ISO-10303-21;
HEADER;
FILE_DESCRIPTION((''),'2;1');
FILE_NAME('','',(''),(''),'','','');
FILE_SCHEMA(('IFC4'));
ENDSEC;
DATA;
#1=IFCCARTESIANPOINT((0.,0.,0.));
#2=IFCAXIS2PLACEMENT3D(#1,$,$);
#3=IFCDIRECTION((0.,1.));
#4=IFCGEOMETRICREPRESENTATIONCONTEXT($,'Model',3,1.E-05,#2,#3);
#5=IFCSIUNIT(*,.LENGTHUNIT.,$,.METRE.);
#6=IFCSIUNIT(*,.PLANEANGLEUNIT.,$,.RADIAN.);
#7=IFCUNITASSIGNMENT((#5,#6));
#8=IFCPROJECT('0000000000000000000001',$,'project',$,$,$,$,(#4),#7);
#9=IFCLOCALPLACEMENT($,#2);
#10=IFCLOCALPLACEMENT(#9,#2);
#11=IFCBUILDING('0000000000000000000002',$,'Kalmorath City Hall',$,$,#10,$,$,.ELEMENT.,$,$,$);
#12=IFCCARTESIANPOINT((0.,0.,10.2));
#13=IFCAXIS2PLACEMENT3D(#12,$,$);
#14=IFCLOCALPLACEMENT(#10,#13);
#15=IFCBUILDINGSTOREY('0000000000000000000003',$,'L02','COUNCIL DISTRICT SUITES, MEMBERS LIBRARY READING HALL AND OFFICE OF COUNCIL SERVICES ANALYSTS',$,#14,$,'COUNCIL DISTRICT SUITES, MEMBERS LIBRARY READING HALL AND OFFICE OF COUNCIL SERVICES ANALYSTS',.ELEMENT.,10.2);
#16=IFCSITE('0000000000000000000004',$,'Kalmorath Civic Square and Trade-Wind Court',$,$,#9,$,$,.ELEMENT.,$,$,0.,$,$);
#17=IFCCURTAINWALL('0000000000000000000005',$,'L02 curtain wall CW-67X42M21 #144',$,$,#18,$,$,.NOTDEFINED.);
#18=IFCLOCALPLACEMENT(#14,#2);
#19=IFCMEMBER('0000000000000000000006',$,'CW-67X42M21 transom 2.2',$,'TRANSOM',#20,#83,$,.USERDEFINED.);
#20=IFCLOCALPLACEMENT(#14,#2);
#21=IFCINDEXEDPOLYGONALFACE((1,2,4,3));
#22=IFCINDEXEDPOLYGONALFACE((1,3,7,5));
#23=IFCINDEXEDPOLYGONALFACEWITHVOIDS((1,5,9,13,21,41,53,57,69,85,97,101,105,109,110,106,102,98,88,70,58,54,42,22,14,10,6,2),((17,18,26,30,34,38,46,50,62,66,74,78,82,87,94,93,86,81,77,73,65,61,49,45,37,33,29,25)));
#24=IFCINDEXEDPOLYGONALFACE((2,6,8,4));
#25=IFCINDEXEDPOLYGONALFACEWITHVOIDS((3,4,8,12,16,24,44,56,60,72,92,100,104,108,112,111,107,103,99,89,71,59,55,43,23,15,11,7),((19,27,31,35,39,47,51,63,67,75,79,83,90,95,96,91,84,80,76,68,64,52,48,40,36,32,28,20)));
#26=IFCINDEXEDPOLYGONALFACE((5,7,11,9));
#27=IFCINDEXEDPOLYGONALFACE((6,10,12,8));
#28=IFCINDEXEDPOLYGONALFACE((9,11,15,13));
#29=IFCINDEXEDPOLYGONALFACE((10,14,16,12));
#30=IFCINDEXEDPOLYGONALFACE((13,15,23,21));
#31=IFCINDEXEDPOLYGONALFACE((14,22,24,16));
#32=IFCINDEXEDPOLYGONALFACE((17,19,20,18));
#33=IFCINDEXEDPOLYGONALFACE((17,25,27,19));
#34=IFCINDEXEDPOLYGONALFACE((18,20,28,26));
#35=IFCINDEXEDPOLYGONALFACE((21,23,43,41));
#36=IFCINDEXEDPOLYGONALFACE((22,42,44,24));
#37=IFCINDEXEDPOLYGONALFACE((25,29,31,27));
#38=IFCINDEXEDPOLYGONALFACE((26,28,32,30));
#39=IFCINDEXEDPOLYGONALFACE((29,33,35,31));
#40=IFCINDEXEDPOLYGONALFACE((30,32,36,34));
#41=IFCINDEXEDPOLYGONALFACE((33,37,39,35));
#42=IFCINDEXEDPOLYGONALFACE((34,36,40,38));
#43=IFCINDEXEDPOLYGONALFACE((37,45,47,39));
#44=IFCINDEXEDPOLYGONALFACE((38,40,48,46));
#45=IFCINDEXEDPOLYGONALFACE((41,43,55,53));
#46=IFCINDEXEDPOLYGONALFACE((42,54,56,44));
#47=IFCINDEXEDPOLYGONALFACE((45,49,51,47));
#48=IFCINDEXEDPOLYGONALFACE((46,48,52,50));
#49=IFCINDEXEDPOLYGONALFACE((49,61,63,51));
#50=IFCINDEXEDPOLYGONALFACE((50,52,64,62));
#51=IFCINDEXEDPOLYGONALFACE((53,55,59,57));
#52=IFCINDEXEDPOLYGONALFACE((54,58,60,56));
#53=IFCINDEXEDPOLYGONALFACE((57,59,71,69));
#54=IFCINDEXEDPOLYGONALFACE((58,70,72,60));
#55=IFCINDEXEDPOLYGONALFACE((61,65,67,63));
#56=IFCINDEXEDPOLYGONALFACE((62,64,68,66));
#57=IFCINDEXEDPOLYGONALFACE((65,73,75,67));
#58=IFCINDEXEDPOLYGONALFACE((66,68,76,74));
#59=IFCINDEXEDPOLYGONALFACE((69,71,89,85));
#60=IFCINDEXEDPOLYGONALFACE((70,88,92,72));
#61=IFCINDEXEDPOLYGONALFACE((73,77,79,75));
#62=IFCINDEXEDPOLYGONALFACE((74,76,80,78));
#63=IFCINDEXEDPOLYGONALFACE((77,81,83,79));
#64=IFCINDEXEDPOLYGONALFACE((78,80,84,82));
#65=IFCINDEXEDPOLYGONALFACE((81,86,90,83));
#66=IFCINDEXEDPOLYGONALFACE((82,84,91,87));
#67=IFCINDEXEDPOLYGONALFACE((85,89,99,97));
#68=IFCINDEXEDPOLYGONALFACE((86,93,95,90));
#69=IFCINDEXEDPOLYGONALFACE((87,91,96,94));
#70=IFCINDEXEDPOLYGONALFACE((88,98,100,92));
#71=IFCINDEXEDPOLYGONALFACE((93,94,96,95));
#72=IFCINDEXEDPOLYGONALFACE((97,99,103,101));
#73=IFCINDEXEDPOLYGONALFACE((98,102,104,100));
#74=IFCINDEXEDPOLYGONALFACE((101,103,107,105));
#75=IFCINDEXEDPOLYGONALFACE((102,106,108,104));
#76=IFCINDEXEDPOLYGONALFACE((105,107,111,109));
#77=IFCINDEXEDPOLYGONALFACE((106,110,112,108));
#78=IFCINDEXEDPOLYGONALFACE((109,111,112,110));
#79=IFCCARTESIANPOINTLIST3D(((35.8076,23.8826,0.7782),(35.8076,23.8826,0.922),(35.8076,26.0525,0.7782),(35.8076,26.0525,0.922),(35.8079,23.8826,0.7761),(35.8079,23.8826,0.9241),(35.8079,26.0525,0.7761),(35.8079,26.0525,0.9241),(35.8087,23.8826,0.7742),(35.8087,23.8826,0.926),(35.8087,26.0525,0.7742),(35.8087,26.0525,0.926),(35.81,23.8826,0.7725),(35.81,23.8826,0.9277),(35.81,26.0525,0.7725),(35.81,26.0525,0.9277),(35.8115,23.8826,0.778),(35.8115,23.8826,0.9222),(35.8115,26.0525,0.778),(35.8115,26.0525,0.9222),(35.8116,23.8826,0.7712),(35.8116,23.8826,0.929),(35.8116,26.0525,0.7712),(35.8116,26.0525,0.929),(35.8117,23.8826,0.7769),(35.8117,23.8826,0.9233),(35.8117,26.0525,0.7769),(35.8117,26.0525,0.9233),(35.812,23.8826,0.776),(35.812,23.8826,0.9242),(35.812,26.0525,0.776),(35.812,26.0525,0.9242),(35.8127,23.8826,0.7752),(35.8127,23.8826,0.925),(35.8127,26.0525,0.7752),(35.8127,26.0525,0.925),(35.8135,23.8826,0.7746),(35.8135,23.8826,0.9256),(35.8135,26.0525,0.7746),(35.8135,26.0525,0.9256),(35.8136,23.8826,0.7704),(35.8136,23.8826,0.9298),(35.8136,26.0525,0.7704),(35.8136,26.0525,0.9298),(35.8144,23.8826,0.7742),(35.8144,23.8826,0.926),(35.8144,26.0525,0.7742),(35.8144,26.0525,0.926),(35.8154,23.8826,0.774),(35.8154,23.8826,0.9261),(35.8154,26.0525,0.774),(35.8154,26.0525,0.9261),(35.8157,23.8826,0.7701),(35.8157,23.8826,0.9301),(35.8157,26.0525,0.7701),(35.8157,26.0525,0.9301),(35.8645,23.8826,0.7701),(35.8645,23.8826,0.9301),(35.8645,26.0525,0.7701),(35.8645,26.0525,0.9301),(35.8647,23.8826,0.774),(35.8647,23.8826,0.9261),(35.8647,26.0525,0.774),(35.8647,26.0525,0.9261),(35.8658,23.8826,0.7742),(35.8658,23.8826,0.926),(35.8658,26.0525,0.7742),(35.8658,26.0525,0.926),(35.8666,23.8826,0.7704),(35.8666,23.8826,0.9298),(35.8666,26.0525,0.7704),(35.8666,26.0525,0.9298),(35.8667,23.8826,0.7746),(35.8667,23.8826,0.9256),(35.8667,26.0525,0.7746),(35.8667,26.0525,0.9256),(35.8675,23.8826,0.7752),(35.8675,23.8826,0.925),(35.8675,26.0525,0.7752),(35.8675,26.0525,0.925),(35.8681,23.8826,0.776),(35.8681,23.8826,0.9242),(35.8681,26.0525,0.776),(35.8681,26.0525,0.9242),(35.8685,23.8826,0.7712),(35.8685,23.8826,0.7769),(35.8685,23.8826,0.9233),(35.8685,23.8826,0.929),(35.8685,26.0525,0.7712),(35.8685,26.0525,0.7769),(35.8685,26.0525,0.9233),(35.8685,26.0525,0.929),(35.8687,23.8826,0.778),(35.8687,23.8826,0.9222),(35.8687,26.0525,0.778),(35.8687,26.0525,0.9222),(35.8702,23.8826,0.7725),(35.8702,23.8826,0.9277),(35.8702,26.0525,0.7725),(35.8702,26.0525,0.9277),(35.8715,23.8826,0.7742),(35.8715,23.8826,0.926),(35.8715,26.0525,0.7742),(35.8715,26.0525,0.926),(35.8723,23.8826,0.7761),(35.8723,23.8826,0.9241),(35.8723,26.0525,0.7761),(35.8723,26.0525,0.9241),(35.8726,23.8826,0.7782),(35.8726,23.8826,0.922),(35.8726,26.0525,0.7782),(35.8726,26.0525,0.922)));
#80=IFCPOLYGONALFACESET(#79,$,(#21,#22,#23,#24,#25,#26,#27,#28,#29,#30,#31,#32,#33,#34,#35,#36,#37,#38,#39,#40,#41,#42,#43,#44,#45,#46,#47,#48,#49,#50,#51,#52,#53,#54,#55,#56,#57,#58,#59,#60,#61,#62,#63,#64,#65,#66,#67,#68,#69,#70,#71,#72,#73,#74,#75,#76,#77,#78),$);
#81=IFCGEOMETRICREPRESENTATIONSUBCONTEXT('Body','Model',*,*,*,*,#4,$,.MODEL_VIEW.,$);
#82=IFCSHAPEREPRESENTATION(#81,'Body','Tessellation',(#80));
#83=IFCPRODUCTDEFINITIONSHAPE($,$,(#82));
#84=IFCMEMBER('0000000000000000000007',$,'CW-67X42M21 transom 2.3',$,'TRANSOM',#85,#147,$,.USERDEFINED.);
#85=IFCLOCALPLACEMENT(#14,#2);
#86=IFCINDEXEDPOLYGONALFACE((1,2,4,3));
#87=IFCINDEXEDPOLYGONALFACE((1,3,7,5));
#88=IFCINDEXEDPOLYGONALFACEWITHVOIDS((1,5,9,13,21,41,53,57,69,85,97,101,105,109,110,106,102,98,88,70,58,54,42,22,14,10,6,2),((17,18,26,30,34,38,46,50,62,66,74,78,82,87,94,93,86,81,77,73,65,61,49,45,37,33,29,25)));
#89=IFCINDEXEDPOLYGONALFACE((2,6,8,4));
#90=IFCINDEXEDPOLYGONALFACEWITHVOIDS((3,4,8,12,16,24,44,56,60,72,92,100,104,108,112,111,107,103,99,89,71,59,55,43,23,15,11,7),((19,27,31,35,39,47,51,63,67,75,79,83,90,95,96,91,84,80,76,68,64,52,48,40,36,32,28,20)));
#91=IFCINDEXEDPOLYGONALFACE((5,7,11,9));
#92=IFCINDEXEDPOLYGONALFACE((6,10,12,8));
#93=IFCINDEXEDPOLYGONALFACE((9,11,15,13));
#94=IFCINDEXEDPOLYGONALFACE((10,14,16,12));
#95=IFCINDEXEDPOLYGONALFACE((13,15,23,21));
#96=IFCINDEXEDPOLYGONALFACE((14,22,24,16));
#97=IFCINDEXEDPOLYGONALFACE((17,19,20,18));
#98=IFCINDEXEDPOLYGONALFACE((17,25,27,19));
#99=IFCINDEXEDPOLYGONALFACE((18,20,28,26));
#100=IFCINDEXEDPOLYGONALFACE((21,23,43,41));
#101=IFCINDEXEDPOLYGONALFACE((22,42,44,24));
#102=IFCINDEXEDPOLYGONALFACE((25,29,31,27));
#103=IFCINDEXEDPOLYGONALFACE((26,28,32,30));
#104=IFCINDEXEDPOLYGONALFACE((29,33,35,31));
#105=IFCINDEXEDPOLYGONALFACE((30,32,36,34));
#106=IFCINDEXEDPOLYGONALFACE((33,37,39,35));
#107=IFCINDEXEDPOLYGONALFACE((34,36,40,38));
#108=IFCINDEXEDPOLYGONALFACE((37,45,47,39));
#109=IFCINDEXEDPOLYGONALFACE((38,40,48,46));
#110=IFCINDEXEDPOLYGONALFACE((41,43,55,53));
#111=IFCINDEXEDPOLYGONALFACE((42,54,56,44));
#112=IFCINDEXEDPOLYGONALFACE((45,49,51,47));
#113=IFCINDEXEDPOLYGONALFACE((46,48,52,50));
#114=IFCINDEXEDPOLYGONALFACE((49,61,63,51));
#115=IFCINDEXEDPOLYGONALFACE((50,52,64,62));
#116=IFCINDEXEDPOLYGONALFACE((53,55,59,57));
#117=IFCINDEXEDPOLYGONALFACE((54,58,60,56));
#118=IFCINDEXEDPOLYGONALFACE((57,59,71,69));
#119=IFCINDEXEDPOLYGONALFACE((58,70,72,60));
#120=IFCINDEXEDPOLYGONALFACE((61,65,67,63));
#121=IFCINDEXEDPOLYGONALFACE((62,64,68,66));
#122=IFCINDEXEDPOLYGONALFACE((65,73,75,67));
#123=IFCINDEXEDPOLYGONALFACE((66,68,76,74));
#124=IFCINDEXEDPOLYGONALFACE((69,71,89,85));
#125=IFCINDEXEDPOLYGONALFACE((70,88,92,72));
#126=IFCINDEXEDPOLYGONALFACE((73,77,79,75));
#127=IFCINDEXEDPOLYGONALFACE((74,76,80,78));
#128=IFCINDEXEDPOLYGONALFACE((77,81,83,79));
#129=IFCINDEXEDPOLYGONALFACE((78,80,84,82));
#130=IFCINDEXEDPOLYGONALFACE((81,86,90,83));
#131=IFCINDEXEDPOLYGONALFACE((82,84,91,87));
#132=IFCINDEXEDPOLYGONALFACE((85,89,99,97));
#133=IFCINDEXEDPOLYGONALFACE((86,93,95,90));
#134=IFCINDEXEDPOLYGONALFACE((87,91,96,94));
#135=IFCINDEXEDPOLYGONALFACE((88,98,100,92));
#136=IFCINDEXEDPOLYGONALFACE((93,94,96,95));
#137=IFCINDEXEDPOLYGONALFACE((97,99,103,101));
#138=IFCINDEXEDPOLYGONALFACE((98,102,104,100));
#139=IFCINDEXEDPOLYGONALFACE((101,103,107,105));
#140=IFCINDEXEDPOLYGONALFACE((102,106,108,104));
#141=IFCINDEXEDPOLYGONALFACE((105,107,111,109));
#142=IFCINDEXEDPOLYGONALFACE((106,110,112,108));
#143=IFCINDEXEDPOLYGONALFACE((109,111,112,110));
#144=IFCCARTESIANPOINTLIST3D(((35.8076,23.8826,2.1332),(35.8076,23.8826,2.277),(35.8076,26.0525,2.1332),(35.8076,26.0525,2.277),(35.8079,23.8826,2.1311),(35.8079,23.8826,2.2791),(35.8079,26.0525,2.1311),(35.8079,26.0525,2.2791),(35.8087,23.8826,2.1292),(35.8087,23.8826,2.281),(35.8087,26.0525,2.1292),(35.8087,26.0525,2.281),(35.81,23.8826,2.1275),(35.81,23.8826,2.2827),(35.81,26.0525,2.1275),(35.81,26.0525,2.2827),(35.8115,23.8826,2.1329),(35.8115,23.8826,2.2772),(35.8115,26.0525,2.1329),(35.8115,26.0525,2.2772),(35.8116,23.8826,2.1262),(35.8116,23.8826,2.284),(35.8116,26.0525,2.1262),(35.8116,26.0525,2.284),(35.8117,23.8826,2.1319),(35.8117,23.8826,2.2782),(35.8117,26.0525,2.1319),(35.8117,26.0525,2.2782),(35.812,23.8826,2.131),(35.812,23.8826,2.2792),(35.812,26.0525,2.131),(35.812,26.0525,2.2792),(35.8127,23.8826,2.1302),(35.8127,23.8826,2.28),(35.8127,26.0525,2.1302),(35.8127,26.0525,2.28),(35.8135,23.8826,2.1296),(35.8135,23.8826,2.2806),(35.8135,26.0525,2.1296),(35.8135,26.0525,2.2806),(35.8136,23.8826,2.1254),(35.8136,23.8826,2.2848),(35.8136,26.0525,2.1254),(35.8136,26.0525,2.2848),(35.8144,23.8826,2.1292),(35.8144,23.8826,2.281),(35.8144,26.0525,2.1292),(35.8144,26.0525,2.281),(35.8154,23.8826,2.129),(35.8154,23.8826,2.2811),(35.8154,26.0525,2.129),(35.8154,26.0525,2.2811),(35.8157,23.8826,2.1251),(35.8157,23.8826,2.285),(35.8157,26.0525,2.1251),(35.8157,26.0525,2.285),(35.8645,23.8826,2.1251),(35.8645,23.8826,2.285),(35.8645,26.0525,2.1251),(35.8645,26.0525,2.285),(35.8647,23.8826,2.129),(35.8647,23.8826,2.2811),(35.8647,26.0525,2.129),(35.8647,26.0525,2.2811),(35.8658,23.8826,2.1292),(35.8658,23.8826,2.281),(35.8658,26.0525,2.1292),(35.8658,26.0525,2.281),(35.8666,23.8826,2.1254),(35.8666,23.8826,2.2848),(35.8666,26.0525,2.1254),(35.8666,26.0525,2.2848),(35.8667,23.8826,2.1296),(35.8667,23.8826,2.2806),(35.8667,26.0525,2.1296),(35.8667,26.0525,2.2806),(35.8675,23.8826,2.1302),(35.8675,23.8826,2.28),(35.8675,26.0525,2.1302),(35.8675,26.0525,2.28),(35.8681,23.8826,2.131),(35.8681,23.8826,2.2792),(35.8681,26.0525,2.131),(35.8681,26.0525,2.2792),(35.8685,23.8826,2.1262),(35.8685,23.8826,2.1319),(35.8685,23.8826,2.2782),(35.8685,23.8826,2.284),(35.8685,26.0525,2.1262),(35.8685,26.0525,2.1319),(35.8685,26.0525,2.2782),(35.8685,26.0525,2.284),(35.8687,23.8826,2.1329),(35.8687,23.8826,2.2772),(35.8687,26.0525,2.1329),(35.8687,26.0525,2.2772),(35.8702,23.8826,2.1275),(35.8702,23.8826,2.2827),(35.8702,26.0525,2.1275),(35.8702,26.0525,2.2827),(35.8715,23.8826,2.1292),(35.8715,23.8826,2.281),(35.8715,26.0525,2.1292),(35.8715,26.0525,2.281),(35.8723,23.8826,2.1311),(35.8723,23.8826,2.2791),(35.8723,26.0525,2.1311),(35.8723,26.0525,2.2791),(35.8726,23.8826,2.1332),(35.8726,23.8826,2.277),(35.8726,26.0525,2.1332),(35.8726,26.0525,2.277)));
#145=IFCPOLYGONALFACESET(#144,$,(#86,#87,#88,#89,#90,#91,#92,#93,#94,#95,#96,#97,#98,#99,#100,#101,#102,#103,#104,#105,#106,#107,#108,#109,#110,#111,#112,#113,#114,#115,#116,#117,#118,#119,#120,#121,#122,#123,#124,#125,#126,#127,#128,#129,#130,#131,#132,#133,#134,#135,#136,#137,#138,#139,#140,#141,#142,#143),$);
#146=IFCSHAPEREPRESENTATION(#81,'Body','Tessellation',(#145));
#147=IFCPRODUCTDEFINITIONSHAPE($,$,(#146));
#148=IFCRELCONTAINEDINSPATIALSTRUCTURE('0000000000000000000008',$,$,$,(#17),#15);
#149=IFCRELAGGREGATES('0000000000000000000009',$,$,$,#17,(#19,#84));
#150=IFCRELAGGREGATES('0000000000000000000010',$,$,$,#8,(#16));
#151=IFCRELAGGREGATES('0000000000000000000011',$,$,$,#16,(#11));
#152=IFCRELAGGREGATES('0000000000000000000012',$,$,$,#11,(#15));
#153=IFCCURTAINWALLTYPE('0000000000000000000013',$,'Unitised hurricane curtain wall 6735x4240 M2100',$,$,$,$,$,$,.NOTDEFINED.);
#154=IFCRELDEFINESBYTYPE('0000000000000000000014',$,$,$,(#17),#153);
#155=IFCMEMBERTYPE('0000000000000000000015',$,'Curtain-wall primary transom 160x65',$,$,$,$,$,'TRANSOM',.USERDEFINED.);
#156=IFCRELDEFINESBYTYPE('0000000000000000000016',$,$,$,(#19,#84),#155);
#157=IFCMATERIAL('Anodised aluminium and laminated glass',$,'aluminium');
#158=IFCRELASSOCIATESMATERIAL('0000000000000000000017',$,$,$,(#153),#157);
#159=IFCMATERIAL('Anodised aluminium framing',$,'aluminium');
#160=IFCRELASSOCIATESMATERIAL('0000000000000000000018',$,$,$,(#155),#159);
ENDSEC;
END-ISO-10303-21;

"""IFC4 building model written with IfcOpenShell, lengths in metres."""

from ifc_helpers import new_model, si_unit, direction, frame, origin, origin_2d, place, context, subcontext, project, spatial, hollow_rectangle, extrude, material, material_profile, profile_set, type_object, element, aggregate, save


model = new_model("IFC4")

# Units and contexts
model_context = context("Model", 3, precision=1e-05, world=origin(), true_north=direction((0.0, 1.0)))
body_context = subcontext(model_context, "Body", "Model", "MODEL_VIEW")
ifc_project = project(units=[si_unit("LENGTHUNIT", "METRE"), si_unit("PLANEANGLEUNIT", "RADIAN")], contexts=[model_context])

# Site, building, storey
site_placement = place(None, origin())
site = spatial("IfcSite", under=ifc_project, at=site_placement, Name="Kalmorath Civic Square and Trade-Wind Court", CompositionType="ELEMENT", RefElevation=0.0)
building_placement = place(site_placement, origin())
building = spatial("IfcBuilding", under=site, at=building_placement, Name="Kalmorath City Hall", CompositionType="ELEMENT")
storey_placement = place(building_placement, frame((0.0, 0.0, 10.2)))
storey = spatial("IfcBuildingStorey", under=building, at=storey_placement, Name="L02", Description="COUNCIL DISTRICT SUITES, MEMBERS LIBRARY READING HALL AND OFFICE OF COUNCIL SERVICES ANALYSTS", LongName="COUNCIL DISTRICT SUITES, MEMBERS LIBRARY READING HALL AND OFFICE OF COUNCIL SERVICES ANALYSTS", CompositionType="ELEMENT", Elevation=10.2)

# Curtain wall, members
ifc_material_1 = material(Name="Anodised aluminium and laminated glass", Category="aluminium")
curtain_wall_type = type_object("IfcCurtainWallType", Name="Unitised hurricane curtain wall 6735x4240 M2100", PredefinedType="NOTDEFINED", material=ifc_material_1)
curtain_wall_placement = place(storey_placement, origin())
curtain_wall = element("IfcCurtainWall", 1, at=curtain_wall_placement, inside=storey, type_object=curtain_wall_type, Name="L02 curtain wall CW-67X42M21 #144", PredefinedType="NOTDEFINED")
ifc_material_2 = material(Name="Anodised aluminium framing", Category="aluminium")
ifc_material_profile_1 = material_profile(ifc_material_2, hollow_rectangle(XDim=0.0649, YDim=0.1599, WallThickness=0.0039, InnerFilletRadius=0.0039, OuterFilletRadius=0.0081, at=origin_2d()), Name="ALU-TRN-160X65X4")
ifc_profile_set_1 = profile_set([ifc_material_profile_1], Name="Anodised aluminium framing")
member_type_1 = type_object("IfcMemberType", Name="Curtain-wall primary transom 160x65", ElementType="TRANSOM", PredefinedType="USERDEFINED", material=ifc_profile_set_1)
member_1_placement = place(storey_placement, frame((35.8401, 26.0525, 0.8501), z_axis=(0.0, -1.0, 0.0), x_axis=(1.0, 0.0, 0.0)))
member_1 = element("IfcMember", 2, at=member_1_placement, type_object=member_type_1, Name="CW-67X42M21 transom 2.2", ObjectType="TRANSOM", PredefinedType="USERDEFINED", context=body_context, shape_type="SweptSolid", body=[
    extrude(hollow_rectangle(XDim=0.0649, YDim=0.1599, WallThickness=0.0039, InnerFilletRadius=0.0039, OuterFilletRadius=0.0081, at=origin_2d()), origin(), (0.0, 0.0, 1.0), 2.1699),
])
member_2_placement = place(storey_placement, frame((35.8401, 26.0525, 2.2051), z_axis=(0.0, -1.0, 0.0), x_axis=(1.0, 0.0, 0.0)))
member_2 = element("IfcMember", 3, at=member_2_placement, type_object=member_type_1, Name="CW-67X42M21 transom 2.3", ObjectType="TRANSOM", PredefinedType="USERDEFINED", context=body_context, shape_type="SweptSolid", body=[
    extrude(hollow_rectangle(XDim=0.0649, YDim=0.1599, WallThickness=0.0039, InnerFilletRadius=0.0039, OuterFilletRadius=0.0081, at=origin_2d()), origin(), (0.0, 0.0, 1.0), 2.1699),
])

aggregate(curtain_wall, [member_1, member_2])

save(model, "model.ifc")
